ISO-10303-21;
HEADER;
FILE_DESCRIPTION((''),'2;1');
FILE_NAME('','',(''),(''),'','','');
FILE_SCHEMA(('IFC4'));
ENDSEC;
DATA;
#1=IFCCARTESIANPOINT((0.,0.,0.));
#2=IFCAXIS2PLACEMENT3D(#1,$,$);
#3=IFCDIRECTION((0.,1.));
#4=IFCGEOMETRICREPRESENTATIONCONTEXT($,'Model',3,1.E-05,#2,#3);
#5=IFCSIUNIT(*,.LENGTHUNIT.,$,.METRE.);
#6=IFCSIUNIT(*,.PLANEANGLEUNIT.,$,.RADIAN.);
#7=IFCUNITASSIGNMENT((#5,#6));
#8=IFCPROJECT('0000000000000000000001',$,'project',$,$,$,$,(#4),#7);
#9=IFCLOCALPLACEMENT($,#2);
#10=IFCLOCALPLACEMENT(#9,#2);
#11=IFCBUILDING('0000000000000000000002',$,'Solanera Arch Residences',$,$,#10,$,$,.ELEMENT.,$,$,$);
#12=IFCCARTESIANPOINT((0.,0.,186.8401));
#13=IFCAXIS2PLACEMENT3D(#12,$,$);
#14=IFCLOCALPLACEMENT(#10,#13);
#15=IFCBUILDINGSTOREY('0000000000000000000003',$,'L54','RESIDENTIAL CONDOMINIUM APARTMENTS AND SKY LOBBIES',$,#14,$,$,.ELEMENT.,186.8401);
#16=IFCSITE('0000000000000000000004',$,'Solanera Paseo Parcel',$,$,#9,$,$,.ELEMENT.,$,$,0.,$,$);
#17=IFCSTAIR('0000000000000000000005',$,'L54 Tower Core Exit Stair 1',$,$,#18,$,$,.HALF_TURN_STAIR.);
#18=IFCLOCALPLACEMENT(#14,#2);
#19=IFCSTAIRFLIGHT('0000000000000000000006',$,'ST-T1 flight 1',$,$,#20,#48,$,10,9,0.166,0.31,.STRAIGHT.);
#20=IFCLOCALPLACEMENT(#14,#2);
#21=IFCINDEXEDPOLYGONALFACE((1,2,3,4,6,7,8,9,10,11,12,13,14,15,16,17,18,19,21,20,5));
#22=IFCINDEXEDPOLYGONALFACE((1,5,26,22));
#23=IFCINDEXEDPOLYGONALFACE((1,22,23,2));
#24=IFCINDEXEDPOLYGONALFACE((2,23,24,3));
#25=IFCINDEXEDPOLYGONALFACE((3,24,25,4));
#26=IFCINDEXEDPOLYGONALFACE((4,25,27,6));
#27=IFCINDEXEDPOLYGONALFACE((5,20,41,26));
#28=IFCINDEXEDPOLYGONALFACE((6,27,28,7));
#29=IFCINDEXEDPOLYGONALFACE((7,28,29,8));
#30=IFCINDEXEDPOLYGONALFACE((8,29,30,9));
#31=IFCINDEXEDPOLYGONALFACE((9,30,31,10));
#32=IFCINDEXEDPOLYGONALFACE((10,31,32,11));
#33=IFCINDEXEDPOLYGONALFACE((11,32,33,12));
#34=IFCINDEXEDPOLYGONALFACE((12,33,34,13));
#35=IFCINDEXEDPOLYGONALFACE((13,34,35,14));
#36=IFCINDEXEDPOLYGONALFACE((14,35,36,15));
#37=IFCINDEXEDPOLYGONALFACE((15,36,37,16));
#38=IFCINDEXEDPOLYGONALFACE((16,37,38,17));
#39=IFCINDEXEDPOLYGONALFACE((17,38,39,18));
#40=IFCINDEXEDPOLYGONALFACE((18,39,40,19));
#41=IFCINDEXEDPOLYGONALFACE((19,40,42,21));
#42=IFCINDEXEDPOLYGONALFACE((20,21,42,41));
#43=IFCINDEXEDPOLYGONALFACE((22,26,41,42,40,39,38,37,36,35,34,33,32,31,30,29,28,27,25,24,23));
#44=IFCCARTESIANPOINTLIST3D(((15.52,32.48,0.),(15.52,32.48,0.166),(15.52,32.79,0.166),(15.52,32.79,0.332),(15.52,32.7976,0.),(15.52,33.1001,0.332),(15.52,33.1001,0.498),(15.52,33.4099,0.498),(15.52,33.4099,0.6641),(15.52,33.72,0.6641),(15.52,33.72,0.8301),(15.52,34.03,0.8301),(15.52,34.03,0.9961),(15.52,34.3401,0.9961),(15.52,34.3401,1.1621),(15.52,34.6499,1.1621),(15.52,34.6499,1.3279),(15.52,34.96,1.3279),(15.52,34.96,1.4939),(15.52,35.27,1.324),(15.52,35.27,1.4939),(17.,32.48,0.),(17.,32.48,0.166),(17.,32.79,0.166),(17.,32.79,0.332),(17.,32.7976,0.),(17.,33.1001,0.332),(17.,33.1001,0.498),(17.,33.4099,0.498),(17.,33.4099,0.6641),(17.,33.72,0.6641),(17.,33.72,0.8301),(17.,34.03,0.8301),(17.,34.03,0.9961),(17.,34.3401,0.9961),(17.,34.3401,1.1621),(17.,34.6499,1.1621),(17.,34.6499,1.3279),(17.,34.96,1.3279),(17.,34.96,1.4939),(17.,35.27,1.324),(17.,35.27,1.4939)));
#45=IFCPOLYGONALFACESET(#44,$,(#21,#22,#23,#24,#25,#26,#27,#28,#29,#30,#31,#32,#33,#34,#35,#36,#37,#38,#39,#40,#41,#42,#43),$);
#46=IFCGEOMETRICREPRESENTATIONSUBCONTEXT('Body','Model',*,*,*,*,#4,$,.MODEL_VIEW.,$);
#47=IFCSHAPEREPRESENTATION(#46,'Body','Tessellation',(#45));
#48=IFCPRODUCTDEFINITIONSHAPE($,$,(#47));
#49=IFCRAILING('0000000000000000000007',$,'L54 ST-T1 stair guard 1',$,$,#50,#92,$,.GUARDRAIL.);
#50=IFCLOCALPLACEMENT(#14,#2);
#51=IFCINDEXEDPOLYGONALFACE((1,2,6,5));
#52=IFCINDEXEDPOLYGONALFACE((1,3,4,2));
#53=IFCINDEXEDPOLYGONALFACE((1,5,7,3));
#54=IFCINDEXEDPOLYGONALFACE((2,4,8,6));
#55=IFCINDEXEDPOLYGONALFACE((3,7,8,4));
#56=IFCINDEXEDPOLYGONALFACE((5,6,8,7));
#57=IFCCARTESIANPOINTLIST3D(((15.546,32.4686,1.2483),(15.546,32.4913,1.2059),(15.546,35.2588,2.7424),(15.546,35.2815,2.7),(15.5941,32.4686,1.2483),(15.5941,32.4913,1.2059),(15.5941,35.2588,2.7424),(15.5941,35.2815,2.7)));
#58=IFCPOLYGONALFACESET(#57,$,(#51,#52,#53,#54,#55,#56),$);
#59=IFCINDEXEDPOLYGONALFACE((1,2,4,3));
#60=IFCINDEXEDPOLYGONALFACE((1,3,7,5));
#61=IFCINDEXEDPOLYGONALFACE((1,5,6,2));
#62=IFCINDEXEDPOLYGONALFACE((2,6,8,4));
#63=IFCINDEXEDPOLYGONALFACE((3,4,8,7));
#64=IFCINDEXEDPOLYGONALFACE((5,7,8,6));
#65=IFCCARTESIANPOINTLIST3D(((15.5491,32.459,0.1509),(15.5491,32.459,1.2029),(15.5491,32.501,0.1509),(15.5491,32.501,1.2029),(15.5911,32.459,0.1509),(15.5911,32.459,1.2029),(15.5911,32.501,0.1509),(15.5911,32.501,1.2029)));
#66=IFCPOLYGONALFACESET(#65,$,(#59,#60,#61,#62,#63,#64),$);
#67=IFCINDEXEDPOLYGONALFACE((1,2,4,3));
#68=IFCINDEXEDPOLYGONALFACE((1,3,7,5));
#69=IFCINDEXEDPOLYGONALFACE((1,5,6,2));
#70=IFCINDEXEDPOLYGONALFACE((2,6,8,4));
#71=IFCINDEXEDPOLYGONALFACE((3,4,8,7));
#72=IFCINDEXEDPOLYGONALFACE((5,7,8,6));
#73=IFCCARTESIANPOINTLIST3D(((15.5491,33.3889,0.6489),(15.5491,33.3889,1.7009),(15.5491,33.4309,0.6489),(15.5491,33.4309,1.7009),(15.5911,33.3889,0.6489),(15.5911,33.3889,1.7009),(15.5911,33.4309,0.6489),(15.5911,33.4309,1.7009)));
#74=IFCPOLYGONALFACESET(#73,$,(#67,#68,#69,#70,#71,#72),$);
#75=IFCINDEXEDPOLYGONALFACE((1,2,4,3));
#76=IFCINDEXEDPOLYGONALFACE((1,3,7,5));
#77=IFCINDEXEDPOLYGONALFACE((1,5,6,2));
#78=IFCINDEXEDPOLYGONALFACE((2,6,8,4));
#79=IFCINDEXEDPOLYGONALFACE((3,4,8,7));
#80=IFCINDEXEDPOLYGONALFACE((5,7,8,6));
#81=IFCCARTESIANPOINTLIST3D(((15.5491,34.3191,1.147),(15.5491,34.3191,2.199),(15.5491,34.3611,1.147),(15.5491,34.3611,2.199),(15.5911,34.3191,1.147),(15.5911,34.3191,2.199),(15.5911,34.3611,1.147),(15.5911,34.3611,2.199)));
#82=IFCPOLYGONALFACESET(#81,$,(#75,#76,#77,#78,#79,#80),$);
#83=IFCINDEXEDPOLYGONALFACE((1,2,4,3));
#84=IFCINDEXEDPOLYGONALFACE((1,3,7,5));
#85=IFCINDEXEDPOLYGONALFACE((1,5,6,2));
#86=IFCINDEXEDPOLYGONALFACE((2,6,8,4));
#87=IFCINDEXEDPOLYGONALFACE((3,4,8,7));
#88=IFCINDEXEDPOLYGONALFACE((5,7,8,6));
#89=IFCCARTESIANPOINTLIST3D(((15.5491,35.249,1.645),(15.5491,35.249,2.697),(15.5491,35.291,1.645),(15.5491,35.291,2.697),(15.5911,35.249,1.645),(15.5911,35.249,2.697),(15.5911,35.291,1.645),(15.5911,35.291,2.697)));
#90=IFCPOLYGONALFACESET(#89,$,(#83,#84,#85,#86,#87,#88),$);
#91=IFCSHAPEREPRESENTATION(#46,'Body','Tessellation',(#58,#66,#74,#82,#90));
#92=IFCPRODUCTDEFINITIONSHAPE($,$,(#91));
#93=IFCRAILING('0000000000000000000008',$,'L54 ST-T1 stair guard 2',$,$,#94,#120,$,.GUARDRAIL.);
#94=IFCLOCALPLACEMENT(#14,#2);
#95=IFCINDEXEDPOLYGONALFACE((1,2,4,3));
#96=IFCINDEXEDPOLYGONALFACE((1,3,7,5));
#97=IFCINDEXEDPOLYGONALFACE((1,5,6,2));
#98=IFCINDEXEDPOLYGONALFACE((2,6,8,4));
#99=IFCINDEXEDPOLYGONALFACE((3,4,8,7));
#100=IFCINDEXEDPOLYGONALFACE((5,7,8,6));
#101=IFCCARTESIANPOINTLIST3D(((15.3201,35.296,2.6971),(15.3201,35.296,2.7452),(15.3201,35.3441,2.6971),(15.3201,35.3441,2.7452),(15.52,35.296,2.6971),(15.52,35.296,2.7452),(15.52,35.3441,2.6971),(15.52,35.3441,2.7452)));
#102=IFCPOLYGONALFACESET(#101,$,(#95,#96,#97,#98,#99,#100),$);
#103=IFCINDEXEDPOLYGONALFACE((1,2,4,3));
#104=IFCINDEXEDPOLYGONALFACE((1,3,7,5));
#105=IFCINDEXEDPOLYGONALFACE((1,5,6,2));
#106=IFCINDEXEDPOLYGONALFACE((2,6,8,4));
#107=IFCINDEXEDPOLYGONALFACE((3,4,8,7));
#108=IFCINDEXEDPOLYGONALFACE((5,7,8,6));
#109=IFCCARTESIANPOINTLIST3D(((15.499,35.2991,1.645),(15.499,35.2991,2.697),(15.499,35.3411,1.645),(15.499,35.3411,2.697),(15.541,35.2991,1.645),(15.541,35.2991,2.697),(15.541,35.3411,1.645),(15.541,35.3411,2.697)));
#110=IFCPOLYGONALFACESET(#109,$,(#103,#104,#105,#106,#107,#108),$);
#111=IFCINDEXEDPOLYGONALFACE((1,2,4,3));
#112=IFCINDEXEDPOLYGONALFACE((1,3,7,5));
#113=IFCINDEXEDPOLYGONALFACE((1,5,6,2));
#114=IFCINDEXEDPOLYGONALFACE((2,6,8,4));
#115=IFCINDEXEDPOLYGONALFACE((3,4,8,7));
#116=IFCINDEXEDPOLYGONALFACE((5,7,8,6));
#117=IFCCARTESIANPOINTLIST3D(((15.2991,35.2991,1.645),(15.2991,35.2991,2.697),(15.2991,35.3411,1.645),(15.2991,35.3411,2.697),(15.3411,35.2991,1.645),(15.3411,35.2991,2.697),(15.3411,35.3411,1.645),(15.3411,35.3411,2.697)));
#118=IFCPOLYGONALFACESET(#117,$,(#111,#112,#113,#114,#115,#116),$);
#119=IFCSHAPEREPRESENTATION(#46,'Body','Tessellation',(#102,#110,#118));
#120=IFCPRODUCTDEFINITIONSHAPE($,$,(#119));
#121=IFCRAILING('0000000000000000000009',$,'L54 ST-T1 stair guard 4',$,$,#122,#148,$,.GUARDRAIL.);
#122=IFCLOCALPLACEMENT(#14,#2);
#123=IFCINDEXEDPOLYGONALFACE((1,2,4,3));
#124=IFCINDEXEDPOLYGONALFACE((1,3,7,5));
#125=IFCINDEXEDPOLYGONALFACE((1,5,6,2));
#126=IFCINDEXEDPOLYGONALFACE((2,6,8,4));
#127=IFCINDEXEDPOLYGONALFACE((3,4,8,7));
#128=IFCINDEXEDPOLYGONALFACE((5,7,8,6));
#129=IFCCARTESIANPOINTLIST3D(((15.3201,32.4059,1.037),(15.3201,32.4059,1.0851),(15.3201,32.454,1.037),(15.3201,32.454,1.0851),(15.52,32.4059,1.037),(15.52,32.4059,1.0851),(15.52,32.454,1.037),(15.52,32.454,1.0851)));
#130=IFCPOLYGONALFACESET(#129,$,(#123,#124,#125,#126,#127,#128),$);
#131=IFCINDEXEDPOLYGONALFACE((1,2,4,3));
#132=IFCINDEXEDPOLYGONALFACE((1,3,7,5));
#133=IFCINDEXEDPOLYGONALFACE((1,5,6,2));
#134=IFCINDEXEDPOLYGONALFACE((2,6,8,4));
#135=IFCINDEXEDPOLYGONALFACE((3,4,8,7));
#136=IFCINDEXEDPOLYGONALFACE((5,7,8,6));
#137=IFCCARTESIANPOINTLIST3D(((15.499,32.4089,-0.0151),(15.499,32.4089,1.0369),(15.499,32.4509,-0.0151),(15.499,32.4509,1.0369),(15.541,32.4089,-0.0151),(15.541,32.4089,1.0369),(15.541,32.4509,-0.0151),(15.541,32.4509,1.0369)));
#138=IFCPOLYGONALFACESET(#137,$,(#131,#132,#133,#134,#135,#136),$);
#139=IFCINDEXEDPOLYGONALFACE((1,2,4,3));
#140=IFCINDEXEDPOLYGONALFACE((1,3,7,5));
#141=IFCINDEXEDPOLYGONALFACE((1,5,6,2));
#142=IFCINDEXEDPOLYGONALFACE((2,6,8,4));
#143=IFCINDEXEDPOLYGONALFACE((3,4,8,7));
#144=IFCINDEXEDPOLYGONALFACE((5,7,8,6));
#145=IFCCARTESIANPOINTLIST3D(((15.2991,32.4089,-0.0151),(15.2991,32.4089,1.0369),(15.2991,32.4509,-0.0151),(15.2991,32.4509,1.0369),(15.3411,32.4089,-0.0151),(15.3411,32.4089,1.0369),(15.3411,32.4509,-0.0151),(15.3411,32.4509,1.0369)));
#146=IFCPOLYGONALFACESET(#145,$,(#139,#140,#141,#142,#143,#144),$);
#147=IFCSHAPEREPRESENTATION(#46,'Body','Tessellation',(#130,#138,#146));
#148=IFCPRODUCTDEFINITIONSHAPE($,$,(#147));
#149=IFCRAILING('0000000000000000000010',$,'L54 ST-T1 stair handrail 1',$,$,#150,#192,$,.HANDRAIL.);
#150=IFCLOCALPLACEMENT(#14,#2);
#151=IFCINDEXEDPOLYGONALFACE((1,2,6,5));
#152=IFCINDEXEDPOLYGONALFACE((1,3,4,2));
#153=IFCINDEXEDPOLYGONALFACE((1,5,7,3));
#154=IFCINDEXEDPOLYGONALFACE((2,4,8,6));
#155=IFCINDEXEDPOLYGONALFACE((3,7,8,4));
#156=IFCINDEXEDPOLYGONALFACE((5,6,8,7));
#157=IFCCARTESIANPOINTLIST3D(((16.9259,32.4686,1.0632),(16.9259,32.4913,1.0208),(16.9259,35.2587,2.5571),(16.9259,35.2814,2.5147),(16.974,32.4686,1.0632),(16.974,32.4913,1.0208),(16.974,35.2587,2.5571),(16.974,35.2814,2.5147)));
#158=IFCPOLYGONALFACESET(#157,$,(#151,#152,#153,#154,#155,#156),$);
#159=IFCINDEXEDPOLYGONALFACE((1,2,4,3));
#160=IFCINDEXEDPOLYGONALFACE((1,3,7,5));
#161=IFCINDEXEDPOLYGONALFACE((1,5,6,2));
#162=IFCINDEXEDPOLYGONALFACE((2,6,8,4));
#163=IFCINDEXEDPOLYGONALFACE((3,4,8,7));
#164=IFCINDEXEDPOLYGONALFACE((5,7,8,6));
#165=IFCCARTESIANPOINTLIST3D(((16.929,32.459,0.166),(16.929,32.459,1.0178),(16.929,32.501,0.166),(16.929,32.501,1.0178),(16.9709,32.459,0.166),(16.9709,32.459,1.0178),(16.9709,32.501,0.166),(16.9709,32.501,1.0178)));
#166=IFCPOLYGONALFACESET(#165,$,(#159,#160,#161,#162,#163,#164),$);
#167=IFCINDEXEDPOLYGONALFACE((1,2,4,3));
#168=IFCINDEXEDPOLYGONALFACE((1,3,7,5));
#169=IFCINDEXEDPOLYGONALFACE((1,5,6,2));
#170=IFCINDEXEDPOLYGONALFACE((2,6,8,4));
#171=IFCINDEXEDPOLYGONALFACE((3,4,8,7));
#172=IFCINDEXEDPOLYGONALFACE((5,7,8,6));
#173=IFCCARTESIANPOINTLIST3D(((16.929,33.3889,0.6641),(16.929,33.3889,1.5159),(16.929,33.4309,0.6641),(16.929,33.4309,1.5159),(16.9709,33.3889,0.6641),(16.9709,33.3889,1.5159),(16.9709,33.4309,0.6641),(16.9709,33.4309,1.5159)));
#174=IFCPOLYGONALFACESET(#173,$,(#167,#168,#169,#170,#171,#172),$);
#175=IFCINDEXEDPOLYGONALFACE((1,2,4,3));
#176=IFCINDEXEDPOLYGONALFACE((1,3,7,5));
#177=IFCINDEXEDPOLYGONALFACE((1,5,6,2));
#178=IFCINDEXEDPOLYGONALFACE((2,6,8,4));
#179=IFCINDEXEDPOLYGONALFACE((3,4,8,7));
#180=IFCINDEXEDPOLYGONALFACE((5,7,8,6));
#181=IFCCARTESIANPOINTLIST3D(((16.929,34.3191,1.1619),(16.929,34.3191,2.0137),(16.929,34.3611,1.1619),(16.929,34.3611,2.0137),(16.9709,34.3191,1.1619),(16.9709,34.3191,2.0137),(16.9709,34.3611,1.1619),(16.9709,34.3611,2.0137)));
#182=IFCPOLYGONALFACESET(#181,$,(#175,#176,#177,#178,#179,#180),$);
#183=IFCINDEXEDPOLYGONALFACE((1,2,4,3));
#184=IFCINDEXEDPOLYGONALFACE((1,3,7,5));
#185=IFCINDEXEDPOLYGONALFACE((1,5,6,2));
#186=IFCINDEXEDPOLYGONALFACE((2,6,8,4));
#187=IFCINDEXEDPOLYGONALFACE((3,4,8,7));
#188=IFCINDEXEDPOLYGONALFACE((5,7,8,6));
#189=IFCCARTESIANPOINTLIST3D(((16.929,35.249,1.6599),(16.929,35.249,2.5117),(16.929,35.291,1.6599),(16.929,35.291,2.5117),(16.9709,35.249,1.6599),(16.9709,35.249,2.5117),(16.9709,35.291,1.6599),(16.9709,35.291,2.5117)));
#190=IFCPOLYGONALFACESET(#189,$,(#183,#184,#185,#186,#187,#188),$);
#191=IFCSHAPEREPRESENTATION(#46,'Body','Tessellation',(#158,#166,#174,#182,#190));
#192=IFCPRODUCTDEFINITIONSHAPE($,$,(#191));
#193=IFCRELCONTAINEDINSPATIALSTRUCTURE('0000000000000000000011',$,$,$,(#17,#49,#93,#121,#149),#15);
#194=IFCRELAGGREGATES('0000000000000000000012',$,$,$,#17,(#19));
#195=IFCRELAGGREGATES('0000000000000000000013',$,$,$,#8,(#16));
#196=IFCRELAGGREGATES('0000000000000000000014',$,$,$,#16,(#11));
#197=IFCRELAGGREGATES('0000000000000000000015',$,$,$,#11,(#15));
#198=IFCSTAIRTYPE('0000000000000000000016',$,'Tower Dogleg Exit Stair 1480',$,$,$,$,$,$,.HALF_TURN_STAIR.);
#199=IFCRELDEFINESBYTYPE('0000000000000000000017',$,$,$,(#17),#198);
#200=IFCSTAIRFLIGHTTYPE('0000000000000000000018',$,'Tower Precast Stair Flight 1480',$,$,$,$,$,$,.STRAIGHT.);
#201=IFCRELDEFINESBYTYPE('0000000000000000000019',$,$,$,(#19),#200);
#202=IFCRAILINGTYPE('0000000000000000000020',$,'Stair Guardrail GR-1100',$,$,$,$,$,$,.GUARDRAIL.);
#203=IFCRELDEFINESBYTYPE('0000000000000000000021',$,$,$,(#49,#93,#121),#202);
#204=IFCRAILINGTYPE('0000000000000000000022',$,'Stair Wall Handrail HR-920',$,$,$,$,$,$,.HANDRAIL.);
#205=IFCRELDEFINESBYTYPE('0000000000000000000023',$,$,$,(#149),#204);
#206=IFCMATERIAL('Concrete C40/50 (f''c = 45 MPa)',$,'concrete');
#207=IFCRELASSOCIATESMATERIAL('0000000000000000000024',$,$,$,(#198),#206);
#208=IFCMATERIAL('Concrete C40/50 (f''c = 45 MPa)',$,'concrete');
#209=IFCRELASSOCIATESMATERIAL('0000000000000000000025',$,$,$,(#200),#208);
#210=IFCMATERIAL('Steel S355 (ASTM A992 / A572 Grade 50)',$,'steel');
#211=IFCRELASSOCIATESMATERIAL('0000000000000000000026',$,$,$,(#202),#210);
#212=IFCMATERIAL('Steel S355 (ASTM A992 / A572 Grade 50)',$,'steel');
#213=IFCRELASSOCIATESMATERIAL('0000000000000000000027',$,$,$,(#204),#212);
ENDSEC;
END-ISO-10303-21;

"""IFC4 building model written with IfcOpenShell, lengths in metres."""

from ifc_helpers import new_model, si_unit, direction, frame, origin, origin_2d, place, context, subcontext, project, spatial, polyline, rectangle, outline, extrude, material, type_object, element, aggregate, save


model = new_model("IFC4")

# Units and contexts
model_context = context("Model", 3, precision=1e-05, world=origin(), true_north=direction((0.0, 1.0)))
body_context = subcontext(model_context, "Body", "Model", "MODEL_VIEW")
ifc_project = project(units=[si_unit("LENGTHUNIT", "METRE"), si_unit("PLANEANGLEUNIT", "RADIAN")], contexts=[model_context])

# Site, building, storey
site_placement = place(None, origin())
site = spatial("IfcSite", under=ifc_project, at=site_placement, Name="Solanera Paseo Parcel", CompositionType="ELEMENT", RefElevation=0.0)
building_placement = place(site_placement, origin())
building = spatial("IfcBuilding", under=site, at=building_placement, Name="Solanera Arch Residences", CompositionType="ELEMENT")
storey_placement = place(building_placement, frame((0.0, 0.0, 186.8401)))
storey = spatial("IfcBuildingStorey", under=building, at=storey_placement, Name="L54", Description="RESIDENTIAL CONDOMINIUM APARTMENTS AND SKY LOBBIES", CompositionType="ELEMENT", Elevation=186.8401)

# Stair, stair flight
ifc_material_1 = material(Name="Concrete C40/50 (f'c = 45 MPa)", Category="concrete")
stair_type = type_object("IfcStairType", Name="Tower Dogleg Exit Stair 1480", PredefinedType="HALF_TURN_STAIR", material=ifc_material_1)
stair_placement = place(storey_placement, origin())
stair = element("IfcStair", 1, at=stair_placement, inside=storey, type_object=stair_type, Name="L54 Tower Core Exit Stair 1", PredefinedType="HALF_TURN_STAIR")
ifc_material_2 = material(Name="Concrete C40/50 (f'c = 45 MPa)", Category="concrete")
stair_flight_type = type_object("IfcStairFlightType", Name="Tower Precast Stair Flight 1480", PredefinedType="STRAIGHT", material=ifc_material_2)
stair_flight_placement = place(storey_placement, frame((16.26, 32.48, 0.0), z_axis=(0.0, 0.0, 1.0), x_axis=(0.0, 1.0, 0.0)))
stair_flight = element("IfcStairFlight", 2, at=stair_flight_placement, type_object=stair_flight_type, Name="ST-T1 flight 1", NumberOfRisers=10, NumberOfTreads=9, PredefinedType="STRAIGHT", RiserHeight=0.166, TreadLength=0.31, context=body_context, shape_type="SweptSolid", body=[
    extrude(outline(polyline([(0.0, 0.0), (0.0, 0.166), (0.3101, 0.166), (0.3101, 0.332), (0.6201, 0.332), (0.6201, 0.498), (0.9299, 0.498), (0.9299, 0.6641), (1.24, 0.6641), (1.24, 0.8301), (1.55, 0.8301), (1.55, 0.9961), (1.8601, 0.9961), (1.8601, 1.1621), (2.1699, 1.1621), (2.1699, 1.3279), (2.48, 1.3279), (2.48, 1.4939), (2.79, 1.4939), (2.79, 1.6599), (2.79, 1.324), (0.3176, 0.0), (0.0, 0.0)])), frame((0.0, 0.74, 0.0), z_axis=(0.0, -1.0, 0.0), x_axis=(1.0, 0.0, 0.0)), (0.0, 0.0, 1.0), 1.48),
])
aggregate(stair, [stair_flight])

# Railings
ifc_material_3 = material(Name="Steel S355 (ASTM A992 / A572 Grade 50)", Category="steel")
railing_type_1 = type_object("IfcRailingType", Name="Stair Guardrail GR-1100", PredefinedType="GUARDRAIL", material=ifc_material_3)
railing_1_placement = place(storey_placement, frame((15.5701, 32.48, 0.1509)))
element("IfcRailing", 3, at=railing_1_placement, inside=storey, type_object=railing_type_1, Name="L54 ST-T1 stair guard 1", PredefinedType="GUARDRAIL", context=body_context, shape_type="SweptSolid", body=[
    extrude(rectangle(XDim=0.0481, YDim=0.0481, at=origin_2d()), frame((0.0, 0.0, 1.0762), z_axis=(0.0, 0.881549, 0.472093), x_axis=(-1.0, 0.0, 0.0)), (0.0, 0.0, 1.0), 3.165),
    extrude(rectangle(XDim=0.042, YDim=0.042, at=origin_2d()), origin(), (0.0, 0.0, 1.0), 1.052),
    extrude(rectangle(XDim=0.042, YDim=0.042, at=origin_2d()), frame((0.0, 0.9299, 0.498)), (0.0, 0.0, 1.0), 1.052),
    extrude(rectangle(XDim=0.042, YDim=0.042, at=origin_2d()), frame((0.0, 1.8601, 0.9961)), (0.0, 0.0, 1.0), 1.052),
    extrude(rectangle(XDim=0.042, YDim=0.042, at=origin_2d()), frame((0.0, 2.79, 1.4941)), (0.0, 0.0, 1.0), 1.052),
])
for number, where, name in (
    (4, (15.52, 35.3201, 1.645), "L54 ST-T1 stair guard 2"),
    (5, (15.52, 32.4299, -0.0151), "L54 ST-T1 stair guard 4"),
):
    element("IfcRailing", number, at=place(storey_placement, frame(where)), inside=storey, type_object=railing_type_1, Name=name, PredefinedType="GUARDRAIL", context=body_context, shape_type="SweptSolid", body=[
        extrude(rectangle(XDim=0.0481, YDim=0.0481, at=origin_2d()), frame((0.0, 0.0, 1.0762), z_axis=(-1.0, 0.0, 0.0), x_axis=(0.0, -1.0, 0.0)), (0.0, 0.0, 1.0), 0.2),
        extrude(rectangle(XDim=0.042, YDim=0.042, at=origin_2d()), origin(), (0.0, 0.0, 1.0), 1.052),
        extrude(rectangle(XDim=0.042, YDim=0.042, at=origin_2d()), frame((-0.2, 0.0, 0.0)), (0.0, 0.0, 1.0), 1.052),
    ])
ifc_material_4 = material(Name="Steel S355 (ASTM A992 / A572 Grade 50)", Category="steel")
railing_type_2 = type_object("IfcRailingType", Name="Stair Wall Handrail HR-920", PredefinedType="HANDRAIL", material=ifc_material_4)
railing_2_placement = place(storey_placement, frame((16.95, 32.48, 0.166)))
element("IfcRailing", 6, at=railing_2_placement, inside=storey, type_object=railing_type_2, Name="L54 ST-T1 stair handrail 1", PredefinedType="HANDRAIL", context=body_context, shape_type="SweptSolid", body=[
    extrude(rectangle(XDim=0.0481, YDim=0.0481, at=origin_2d()), frame((0.0, 0.0, 0.876), z_axis=(0.0, 0.881581, 0.472033), x_axis=(-1.0, 0.0, 0.0)), (0.0, 0.0, 1.0), 3.1648),
    extrude(rectangle(XDim=0.042, YDim=0.042, at=origin_2d()), origin(), (0.0, 0.0, 1.0), 0.8518),
    extrude(rectangle(XDim=0.042, YDim=0.042, at=origin_2d()), frame((0.0, 0.9299, 0.498)), (0.0, 0.0, 1.0), 0.8518),
    extrude(rectangle(XDim=0.042, YDim=0.042, at=origin_2d()), frame((0.0, 1.8601, 0.9958)), (0.0, 0.0, 1.0), 0.8518),
    extrude(rectangle(XDim=0.042, YDim=0.042, at=origin_2d()), frame((0.0, 2.79, 1.4939)), (0.0, 0.0, 1.0), 0.8518),
])

save(model, "model.ifc")
